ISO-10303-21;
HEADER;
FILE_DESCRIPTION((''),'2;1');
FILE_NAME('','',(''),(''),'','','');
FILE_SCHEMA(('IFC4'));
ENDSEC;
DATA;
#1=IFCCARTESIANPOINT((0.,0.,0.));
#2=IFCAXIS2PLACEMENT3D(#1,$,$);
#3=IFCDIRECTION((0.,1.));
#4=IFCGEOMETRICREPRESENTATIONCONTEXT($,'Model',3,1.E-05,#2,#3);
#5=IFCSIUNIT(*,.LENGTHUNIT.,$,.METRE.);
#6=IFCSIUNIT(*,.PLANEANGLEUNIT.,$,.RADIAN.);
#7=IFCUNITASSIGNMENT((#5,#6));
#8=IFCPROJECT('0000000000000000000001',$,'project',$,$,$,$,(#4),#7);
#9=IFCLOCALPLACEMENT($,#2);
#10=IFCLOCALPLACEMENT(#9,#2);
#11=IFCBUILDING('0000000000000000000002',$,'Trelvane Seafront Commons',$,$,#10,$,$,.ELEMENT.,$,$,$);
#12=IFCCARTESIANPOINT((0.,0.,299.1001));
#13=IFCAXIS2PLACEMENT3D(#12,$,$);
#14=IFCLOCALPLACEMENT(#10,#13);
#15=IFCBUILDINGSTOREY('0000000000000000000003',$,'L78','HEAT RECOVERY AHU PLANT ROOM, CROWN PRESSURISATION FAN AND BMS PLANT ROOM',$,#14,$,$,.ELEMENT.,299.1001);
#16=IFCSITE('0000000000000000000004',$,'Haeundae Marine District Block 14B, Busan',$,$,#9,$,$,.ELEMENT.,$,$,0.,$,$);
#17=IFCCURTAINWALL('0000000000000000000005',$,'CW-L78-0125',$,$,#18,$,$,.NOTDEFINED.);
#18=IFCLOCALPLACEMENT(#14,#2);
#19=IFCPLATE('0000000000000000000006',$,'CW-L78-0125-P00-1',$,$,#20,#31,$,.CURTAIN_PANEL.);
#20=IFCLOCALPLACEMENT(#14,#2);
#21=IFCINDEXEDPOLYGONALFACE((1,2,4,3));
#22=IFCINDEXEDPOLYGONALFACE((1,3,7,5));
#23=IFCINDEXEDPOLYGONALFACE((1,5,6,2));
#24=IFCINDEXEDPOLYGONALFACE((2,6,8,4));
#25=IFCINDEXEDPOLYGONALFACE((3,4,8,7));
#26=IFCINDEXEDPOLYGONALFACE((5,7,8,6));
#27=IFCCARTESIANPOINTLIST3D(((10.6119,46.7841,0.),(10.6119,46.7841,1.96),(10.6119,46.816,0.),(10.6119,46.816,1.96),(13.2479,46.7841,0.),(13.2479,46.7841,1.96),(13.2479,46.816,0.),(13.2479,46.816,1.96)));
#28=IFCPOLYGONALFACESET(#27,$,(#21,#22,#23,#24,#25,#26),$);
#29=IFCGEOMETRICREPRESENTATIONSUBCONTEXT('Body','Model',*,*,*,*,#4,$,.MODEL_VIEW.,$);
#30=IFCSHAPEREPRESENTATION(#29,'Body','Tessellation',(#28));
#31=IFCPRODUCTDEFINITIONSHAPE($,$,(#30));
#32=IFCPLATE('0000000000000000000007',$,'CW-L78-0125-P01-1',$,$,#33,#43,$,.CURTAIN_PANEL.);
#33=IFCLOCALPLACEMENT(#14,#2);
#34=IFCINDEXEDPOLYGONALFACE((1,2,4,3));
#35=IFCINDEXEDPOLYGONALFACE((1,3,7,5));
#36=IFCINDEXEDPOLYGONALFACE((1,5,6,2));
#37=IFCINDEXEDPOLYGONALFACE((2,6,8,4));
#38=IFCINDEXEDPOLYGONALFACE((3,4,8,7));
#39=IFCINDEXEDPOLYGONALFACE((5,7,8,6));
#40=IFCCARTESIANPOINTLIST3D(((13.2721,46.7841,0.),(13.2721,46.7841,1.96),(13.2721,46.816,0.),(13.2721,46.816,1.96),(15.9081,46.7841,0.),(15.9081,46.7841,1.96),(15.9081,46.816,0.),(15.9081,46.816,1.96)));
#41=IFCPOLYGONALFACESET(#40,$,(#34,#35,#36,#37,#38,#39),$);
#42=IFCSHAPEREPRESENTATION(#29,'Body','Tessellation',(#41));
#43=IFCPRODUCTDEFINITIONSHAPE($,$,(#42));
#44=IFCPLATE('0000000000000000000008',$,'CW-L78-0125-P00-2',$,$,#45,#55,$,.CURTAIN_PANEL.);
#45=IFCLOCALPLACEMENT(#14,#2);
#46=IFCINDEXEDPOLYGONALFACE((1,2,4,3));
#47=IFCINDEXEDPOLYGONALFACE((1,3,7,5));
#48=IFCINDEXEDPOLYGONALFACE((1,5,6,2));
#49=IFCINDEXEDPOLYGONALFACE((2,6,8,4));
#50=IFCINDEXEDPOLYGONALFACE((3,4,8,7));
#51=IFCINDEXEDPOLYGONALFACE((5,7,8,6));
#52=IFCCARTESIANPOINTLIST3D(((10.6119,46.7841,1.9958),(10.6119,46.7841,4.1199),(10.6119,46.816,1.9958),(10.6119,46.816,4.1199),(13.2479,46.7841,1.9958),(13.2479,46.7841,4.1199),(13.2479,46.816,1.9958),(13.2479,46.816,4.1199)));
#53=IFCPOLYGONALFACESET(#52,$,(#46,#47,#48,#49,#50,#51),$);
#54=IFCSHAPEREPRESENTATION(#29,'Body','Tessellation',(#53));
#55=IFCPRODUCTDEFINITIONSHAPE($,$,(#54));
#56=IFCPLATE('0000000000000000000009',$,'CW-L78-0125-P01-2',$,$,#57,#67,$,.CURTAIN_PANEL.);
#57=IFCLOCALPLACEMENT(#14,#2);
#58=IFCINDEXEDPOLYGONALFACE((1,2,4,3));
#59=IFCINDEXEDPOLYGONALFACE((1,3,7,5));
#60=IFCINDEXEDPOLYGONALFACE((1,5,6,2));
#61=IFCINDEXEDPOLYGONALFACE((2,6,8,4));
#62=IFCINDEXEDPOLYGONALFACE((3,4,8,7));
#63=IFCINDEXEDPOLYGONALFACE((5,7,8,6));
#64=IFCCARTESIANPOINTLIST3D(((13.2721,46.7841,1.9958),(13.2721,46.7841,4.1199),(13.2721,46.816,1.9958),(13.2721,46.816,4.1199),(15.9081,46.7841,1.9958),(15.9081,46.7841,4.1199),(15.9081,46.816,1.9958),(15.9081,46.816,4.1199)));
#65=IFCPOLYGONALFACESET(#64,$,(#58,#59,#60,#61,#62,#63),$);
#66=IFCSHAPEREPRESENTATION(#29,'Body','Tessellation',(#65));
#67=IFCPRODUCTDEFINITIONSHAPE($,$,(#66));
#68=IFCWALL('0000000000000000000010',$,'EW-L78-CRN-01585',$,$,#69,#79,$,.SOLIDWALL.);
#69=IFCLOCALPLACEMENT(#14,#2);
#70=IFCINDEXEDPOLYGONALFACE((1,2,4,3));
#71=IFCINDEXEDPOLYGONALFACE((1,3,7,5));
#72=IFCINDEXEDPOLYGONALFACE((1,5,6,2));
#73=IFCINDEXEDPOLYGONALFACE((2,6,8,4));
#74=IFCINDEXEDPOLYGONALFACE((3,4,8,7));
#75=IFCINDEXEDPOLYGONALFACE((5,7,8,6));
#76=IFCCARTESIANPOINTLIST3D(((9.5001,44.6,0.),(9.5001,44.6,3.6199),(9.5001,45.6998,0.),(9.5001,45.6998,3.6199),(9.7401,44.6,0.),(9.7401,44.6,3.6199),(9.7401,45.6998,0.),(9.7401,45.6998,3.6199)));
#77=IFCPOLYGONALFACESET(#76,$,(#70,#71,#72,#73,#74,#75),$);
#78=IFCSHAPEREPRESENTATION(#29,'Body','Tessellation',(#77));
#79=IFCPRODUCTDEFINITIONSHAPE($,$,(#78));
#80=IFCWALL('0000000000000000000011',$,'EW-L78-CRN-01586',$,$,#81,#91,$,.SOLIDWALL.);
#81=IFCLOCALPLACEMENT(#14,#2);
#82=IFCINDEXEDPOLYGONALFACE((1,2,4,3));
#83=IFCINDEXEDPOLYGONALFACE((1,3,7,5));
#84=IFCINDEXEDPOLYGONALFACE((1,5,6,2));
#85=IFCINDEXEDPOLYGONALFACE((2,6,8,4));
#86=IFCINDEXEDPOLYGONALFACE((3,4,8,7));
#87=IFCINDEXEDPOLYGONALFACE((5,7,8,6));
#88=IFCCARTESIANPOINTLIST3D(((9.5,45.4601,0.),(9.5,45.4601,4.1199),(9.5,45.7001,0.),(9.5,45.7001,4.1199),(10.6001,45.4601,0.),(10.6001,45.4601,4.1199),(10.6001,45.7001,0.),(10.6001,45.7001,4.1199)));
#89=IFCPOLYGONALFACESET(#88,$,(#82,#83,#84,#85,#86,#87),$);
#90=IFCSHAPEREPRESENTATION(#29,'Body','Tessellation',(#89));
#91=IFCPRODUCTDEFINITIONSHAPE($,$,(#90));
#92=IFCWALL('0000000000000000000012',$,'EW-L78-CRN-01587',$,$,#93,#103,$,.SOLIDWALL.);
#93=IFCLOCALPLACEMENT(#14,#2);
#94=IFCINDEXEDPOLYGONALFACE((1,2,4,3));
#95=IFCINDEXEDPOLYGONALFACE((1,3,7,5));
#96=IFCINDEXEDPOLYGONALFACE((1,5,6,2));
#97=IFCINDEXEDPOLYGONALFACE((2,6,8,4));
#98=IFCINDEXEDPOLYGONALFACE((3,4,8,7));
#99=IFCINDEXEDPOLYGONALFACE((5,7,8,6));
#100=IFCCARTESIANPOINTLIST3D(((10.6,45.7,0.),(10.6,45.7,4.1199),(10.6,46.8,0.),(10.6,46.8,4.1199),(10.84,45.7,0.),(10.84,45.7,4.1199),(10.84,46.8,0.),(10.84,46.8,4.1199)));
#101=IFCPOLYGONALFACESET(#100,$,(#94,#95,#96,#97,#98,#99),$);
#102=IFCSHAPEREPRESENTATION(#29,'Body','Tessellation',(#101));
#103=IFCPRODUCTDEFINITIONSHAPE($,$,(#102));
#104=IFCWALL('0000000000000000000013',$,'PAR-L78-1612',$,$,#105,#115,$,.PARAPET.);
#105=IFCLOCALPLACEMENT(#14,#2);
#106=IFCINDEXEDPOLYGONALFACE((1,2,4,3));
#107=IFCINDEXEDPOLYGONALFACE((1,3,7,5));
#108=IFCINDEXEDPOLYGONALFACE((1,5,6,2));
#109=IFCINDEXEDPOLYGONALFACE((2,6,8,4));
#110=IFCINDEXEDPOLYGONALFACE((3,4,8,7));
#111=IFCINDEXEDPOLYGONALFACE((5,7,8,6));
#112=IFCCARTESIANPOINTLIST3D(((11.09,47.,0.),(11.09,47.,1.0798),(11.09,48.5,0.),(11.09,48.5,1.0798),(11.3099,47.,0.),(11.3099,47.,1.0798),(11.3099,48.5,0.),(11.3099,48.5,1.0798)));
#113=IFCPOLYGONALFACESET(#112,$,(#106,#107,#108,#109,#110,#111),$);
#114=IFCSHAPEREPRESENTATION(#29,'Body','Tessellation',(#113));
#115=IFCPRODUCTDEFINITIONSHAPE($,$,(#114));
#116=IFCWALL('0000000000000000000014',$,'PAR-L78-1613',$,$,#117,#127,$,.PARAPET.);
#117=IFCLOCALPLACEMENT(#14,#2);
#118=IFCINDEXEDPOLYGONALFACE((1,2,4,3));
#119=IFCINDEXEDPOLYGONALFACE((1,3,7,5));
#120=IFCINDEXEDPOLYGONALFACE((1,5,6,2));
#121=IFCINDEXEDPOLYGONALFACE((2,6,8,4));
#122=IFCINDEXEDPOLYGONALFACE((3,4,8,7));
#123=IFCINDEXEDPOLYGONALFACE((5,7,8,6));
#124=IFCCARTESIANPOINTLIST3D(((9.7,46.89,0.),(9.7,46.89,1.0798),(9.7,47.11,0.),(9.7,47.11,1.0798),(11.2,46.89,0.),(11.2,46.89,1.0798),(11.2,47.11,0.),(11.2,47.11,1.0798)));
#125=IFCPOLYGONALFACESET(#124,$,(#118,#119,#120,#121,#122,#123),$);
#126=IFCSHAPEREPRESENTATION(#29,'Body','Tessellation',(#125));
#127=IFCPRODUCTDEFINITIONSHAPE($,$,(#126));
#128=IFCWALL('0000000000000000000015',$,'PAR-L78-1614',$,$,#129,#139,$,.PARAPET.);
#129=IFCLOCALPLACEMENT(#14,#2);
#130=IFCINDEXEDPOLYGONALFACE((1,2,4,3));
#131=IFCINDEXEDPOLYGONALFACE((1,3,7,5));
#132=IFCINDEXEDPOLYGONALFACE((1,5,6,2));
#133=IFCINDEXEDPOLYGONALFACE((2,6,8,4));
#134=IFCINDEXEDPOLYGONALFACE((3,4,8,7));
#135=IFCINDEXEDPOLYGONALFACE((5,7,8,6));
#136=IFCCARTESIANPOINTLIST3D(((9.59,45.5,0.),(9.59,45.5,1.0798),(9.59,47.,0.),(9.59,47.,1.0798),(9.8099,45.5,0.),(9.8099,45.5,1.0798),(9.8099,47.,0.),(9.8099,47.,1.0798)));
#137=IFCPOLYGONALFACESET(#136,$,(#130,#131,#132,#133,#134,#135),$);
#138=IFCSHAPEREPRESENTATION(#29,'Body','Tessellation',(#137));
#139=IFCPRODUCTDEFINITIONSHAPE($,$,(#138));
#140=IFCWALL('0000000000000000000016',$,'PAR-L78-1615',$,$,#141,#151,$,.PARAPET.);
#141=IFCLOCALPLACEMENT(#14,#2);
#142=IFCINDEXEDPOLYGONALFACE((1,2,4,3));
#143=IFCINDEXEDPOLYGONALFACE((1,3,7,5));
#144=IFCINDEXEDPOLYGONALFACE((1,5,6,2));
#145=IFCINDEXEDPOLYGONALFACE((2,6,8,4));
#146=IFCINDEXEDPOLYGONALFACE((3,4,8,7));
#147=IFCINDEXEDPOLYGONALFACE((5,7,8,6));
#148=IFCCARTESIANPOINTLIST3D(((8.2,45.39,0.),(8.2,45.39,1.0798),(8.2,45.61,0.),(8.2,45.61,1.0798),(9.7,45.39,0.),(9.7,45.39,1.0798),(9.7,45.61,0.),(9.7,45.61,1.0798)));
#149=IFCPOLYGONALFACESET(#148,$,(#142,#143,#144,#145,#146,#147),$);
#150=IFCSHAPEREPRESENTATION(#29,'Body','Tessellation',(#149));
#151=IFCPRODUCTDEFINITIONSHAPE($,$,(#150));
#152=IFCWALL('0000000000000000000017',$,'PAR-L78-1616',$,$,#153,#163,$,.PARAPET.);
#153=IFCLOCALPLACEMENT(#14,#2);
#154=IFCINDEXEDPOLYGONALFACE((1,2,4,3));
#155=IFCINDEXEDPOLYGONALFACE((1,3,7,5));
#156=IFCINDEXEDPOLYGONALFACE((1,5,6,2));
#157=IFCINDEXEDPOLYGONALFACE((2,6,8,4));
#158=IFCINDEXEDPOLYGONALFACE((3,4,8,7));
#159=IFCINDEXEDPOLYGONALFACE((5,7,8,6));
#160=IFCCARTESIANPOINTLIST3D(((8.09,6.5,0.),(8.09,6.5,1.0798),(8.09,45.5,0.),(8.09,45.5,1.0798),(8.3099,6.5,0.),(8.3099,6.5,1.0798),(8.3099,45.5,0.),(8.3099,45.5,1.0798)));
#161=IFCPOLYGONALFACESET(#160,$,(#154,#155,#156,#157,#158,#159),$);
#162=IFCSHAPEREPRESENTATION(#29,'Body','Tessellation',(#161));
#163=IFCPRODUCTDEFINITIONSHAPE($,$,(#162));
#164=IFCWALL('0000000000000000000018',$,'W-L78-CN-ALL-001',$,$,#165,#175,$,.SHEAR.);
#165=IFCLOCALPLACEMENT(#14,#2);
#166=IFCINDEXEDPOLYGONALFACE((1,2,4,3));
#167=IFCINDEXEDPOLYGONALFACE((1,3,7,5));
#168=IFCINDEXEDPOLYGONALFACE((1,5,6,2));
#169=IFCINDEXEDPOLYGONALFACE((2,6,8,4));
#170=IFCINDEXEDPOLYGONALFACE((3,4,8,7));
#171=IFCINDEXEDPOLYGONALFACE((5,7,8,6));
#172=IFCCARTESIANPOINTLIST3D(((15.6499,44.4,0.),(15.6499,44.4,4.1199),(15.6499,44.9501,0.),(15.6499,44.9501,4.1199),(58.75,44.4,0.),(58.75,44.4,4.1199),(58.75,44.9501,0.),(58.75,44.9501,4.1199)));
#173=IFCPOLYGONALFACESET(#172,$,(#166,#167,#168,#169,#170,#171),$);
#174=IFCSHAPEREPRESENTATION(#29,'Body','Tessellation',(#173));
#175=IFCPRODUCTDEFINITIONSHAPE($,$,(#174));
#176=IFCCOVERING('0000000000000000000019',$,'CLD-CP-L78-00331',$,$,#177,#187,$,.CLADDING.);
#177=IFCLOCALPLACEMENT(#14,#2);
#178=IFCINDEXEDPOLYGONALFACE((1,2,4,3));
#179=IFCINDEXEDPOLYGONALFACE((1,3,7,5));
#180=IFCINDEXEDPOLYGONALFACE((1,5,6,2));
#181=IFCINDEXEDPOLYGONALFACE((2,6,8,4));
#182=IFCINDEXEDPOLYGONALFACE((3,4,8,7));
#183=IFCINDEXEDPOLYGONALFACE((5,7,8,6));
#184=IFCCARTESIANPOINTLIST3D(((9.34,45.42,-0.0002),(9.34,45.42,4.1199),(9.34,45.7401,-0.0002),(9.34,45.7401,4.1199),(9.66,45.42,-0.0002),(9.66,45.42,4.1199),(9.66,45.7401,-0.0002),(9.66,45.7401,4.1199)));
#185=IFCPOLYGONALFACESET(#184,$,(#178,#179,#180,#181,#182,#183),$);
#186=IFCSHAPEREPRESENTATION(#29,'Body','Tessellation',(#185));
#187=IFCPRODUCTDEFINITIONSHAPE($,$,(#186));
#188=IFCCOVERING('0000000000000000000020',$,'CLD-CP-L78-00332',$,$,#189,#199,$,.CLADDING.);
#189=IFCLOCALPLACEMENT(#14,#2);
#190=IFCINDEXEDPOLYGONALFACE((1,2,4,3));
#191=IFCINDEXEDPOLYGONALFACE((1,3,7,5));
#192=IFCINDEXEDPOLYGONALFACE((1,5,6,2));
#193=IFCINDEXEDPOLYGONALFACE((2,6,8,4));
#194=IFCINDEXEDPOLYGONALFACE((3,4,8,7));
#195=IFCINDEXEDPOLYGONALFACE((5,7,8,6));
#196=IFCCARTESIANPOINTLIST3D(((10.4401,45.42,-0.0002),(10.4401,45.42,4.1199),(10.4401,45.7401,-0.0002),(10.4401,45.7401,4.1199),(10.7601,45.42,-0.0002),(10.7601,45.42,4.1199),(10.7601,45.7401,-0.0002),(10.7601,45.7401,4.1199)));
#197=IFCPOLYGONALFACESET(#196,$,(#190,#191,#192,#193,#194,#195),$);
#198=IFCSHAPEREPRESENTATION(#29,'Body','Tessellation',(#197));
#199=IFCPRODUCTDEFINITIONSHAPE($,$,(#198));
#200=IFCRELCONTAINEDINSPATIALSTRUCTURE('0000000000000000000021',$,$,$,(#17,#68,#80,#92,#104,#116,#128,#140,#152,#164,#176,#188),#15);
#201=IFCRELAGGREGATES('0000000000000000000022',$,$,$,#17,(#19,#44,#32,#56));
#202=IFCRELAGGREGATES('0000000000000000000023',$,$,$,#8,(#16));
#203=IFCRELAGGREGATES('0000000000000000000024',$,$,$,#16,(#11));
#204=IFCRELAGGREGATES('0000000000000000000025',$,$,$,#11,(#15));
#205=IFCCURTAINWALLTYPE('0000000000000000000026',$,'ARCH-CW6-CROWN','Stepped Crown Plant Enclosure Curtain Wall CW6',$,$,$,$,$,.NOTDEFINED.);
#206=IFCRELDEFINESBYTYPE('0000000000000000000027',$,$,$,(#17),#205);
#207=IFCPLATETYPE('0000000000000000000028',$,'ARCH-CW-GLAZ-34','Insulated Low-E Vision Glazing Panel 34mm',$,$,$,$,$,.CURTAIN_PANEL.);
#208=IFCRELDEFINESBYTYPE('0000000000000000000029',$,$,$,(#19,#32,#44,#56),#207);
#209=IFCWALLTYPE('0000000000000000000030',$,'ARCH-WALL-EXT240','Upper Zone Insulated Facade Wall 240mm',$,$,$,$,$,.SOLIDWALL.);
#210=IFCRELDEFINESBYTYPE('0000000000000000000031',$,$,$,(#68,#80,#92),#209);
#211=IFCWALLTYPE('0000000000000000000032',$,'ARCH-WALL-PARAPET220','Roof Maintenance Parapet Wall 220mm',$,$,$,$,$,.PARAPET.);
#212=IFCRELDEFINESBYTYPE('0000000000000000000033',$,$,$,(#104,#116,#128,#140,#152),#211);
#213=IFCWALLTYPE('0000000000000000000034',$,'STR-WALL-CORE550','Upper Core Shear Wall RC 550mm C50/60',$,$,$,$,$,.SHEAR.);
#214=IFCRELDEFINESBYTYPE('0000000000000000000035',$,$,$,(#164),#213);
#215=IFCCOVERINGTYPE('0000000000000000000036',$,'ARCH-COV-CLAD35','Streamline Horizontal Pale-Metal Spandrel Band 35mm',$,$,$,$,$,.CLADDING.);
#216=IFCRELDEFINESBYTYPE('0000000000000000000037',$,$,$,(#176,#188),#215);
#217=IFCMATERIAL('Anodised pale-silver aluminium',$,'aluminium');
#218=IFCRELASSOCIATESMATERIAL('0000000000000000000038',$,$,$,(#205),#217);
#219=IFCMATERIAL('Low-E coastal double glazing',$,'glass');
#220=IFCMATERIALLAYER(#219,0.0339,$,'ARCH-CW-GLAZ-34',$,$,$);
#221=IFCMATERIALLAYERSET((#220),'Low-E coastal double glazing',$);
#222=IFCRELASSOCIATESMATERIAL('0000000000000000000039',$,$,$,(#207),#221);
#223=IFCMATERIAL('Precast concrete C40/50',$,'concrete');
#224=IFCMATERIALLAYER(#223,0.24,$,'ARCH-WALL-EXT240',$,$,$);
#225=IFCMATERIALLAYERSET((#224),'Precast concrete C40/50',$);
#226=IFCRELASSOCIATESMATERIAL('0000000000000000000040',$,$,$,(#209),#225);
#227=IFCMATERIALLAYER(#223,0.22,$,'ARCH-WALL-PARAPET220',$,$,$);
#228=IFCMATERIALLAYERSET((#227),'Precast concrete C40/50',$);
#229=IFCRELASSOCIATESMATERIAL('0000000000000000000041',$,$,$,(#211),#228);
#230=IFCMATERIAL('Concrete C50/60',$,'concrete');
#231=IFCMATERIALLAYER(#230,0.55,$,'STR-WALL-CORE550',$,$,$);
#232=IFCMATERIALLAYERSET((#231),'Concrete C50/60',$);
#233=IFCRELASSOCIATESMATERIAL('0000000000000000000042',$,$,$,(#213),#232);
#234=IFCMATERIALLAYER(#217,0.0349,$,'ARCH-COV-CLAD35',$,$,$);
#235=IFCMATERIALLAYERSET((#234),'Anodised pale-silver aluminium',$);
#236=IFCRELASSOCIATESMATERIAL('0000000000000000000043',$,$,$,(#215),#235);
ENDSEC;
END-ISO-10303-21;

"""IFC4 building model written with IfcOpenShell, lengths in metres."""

from ifc_helpers import new_model, si_unit, direction, frame, frame_2d, origin, origin_2d, place, context, subcontext, project, spatial, rectangle, extrude, source, transform, mapped, material, layer, layer_set, type_object, element, aggregate, save


model = new_model("IFC4")

# Units and contexts
model_context = context("Model", 3, precision=1e-05, world=origin(), true_north=direction((0.0, 1.0)))
body_context = subcontext(model_context, "Body", "Model", "MODEL_VIEW")
ifc_project = project(units=[si_unit("LENGTHUNIT", "METRE"), si_unit("PLANEANGLEUNIT", "RADIAN")], contexts=[model_context])

# Site, building, storey
site_placement = place(None, origin())
site = spatial("IfcSite", under=ifc_project, at=site_placement, Name="Haeundae Marine District Block 14B, Busan", CompositionType="ELEMENT", RefElevation=0.0)
building_placement = place(site_placement, origin())
building = spatial("IfcBuilding", under=site, at=building_placement, Name="Trelvane Seafront Commons", CompositionType="ELEMENT")
storey_placement = place(building_placement, frame((0.0, 0.0, 299.1001)))
storey = spatial("IfcBuildingStorey", under=building, at=storey_placement, Name="L78", Description="HEAT RECOVERY AHU PLANT ROOM, CROWN PRESSURISATION FAN AND BMS PLANT ROOM", CompositionType="ELEMENT", Elevation=299.1001)

# Shared definitions
ifc_material_1 = material(Name="Anodised pale-silver aluminium", Category="aluminium")
curtain_wall_type = type_object("IfcCurtainWallType", Name="ARCH-CW6-CROWN", Description="Stepped Crown Plant Enclosure Curtain Wall CW6", PredefinedType="NOTDEFINED", material=ifc_material_1)

# Curtain wall
curtain_wall_1_placement = place(storey_placement, origin())
curtain_wall_1 = element("IfcCurtainWall", 1, at=curtain_wall_1_placement, inside=storey, type_object=curtain_wall_type, Name="CW-L78-0125", PredefinedType="NOTDEFINED")

# Plates
ifc_material_2 = material(Name="Low-E coastal double glazing", Category="glass")
ifc_layer_1 = layer(ifc_material_2, 0.0339, Name="ARCH-CW-GLAZ-34")
ifc_layer_set_1 = layer_set([ifc_layer_1], Name="Low-E coastal double glazing")
plate_type_1 = type_object("IfcPlateType", Name="ARCH-CW-GLAZ-34", Description="Insulated Low-E Vision Glazing Panel 34mm", PredefinedType="CURTAIN_PANEL", material=ifc_layer_set_1)
shared_shape_1 = source(origin(), body_context, "Body", "SweptSolid", [
    extrude(rectangle(XDim=2.636, YDim=0.032, at=origin_2d()), origin(), (0.0, 0.0, 1.0), 1.96),
])
plate_1_placement = place(storey_placement, frame((11.9299, 46.8, 0.0), z_axis=(0.0, 0.0, 1.0), x_axis=(1.0, 0.0, 0.0)))
plate_1 = element("IfcPlate", 2, at=plate_1_placement, type_object=plate_type_1, Name="CW-L78-0125-P00-1", PredefinedType="CURTAIN_PANEL", context=body_context, shape_type="MappedRepresentation", body=[
    mapped(shared_shape_1, transform((0.0, 0.0, 0.0), x_axis=(1.0, 0.0, 0.0), y_axis=(0.0, 1.0, 0.0), z_axis=(0.0, 0.0, 1.0), scale=1.0)),
])
plate_2_placement = place(storey_placement, frame((14.5901, 46.8, 0.0), z_axis=(0.0, 0.0, 1.0), x_axis=(1.0, 0.0, 0.0)))
plate_2 = element("IfcPlate", 3, at=plate_2_placement, type_object=plate_type_1, Name="CW-L78-0125-P01-1", PredefinedType="CURTAIN_PANEL", context=body_context, shape_type="MappedRepresentation", body=[
    mapped(shared_shape_1, transform((0.0, 0.0, 0.0), x_axis=(1.0, 0.0, 0.0), y_axis=(0.0, 1.0, 0.0), z_axis=(0.0, 0.0, 1.0), scale=1.0)),
])
shared_shape_2 = source(origin(), body_context, "Body", "SweptSolid", [
    extrude(rectangle(XDim=2.636, YDim=0.032, at=origin_2d()), origin(), (0.0, 0.0, 1.0), 2.124),
])
plate_3_placement = place(storey_placement, frame((11.9299, 46.8, 1.9958), z_axis=(0.0, 0.0, 1.0), x_axis=(1.0, 0.0, 0.0)))
plate_3 = element("IfcPlate", 4, at=plate_3_placement, type_object=plate_type_1, Name="CW-L78-0125-P00-2", PredefinedType="CURTAIN_PANEL", context=body_context, shape_type="MappedRepresentation", body=[
    mapped(shared_shape_2, transform((0.0, 0.0, 0.0), x_axis=(1.0, 0.0, 0.0), y_axis=(0.0, 1.0, 0.0), z_axis=(0.0, 0.0, 1.0), scale=1.0)),
])
plate_4_placement = place(storey_placement, frame((14.5901, 46.8, 1.9958), z_axis=(0.0, 0.0, 1.0), x_axis=(1.0, 0.0, 0.0)))
plate_4 = element("IfcPlate", 5, at=plate_4_placement, type_object=plate_type_1, Name="CW-L78-0125-P01-2", PredefinedType="CURTAIN_PANEL", context=body_context, shape_type="MappedRepresentation", body=[
    mapped(shared_shape_2, transform((0.0, 0.0, 0.0), x_axis=(1.0, 0.0, 0.0), y_axis=(0.0, 1.0, 0.0), z_axis=(0.0, 0.0, 1.0), scale=1.0)),
])
aggregate(curtain_wall_1, [plate_1, plate_3, plate_2, plate_4])

# Walls
ifc_material_3 = material(Name="Precast concrete C40/50", Category="concrete")
ifc_layer_2 = layer(ifc_material_3, 0.24, Name="ARCH-WALL-EXT240")
ifc_layer_set_2 = layer_set([ifc_layer_2], Name="Precast concrete C40/50")
wall_type_1 = type_object("IfcWallType", Name="ARCH-WALL-EXT240", Description="Upper Zone Insulated Facade Wall 240mm", PredefinedType="SOLIDWALL", material=ifc_layer_set_2)
wall_1_placement = place(storey_placement, frame((9.6201, 44.6001, 0.0), z_axis=(0.0, 0.0, 1.0), x_axis=(0.0, 1.0, 0.0)))
element("IfcWall", 6, at=wall_1_placement, inside=storey, type_object=wall_type_1, Name="EW-L78-CRN-01585", PredefinedType="SOLIDWALL", context=body_context, shape_type="SweptSolid", body=[
    extrude(rectangle(XDim=1.0999, YDim=0.24, at=frame_2d((0.5498, 0.0))), origin(), (0.0, 0.0, 1.0), 3.6199),
])
for number, where, z_axis, x_axis, name in (
    (7, (9.5, 45.5801, 0.0), (0.0, 0.0, 1.0), (1.0, 0.0, 0.0), "EW-L78-CRN-01586"),
    (8, (10.72, 45.7, 0.0), (0.0, 0.0, 1.0), (0.0, 1.0, 0.0), "EW-L78-CRN-01587"),
):
    element("IfcWall", number, at=place(storey_placement, frame(where, z_axis=z_axis, x_axis=x_axis)), inside=storey, type_object=wall_type_1, Name=name, PredefinedType="SOLIDWALL", context=body_context, shape_type="SweptSolid", body=[
        extrude(rectangle(XDim=1.1001, YDim=0.24, at=frame_2d((0.55, 0.0))), origin(), (0.0, 0.0, 1.0), 4.1199),
    ])
ifc_layer_3 = layer(ifc_material_3, 0.22, Name="ARCH-WALL-PARAPET220")
ifc_layer_set_3 = layer_set([ifc_layer_3], Name="Precast concrete C40/50")
wall_type_2 = type_object("IfcWallType", Name="ARCH-WALL-PARAPET220", Description="Roof Maintenance Parapet Wall 220mm", PredefinedType="PARAPET", material=ifc_layer_set_3)
for number, where, z_axis, x_axis, name in (
    (9, (11.2, 48.5, 0.0), (0.0, 0.0, 1.0), (0.0, -1.0, 0.0), "PAR-L78-1612"),
    (10, (11.2, 47.0, 0.0), (0.0, 0.0, 1.0), (-1.0, 0.0, 0.0), "PAR-L78-1613"),
    (11, (9.7, 47.0, 0.0), (0.0, 0.0, 1.0), (0.0, -1.0, 0.0), "PAR-L78-1614"),
    (12, (9.7, 45.5, 0.0), (0.0, 0.0, 1.0), (-1.0, 0.0, 0.0), "PAR-L78-1615"),
):
    element("IfcWall", number, at=place(storey_placement, frame(where, z_axis=z_axis, x_axis=x_axis)), inside=storey, type_object=wall_type_2, Name=name, PredefinedType="PARAPET", context=body_context, shape_type="SweptSolid", body=[
        extrude(rectangle(XDim=1.5, YDim=0.22, at=frame_2d((0.75, 0.0))), origin(), (0.0, 0.0, 1.0), 1.0798),
    ])
wall_2_placement = place(storey_placement, frame((8.2, 45.5, 0.0), z_axis=(0.0, 0.0, 1.0), x_axis=(0.0, -1.0, 0.0)))
element("IfcWall", 13, at=wall_2_placement, inside=storey, type_object=wall_type_2, Name="PAR-L78-1616", PredefinedType="PARAPET", context=body_context, shape_type="SweptSolid", body=[
    extrude(rectangle(XDim=39.0, YDim=0.22, at=frame_2d((19.5, 0.0))), origin(), (0.0, 0.0, 1.0), 1.0798),
])
ifc_material_4 = material(Name="Concrete C50/60", Category="concrete")
ifc_layer_4 = layer(ifc_material_4, 0.55, Name="STR-WALL-CORE550")
ifc_layer_set_4 = layer_set([ifc_layer_4], Name="Concrete C50/60")
wall_type_3 = type_object("IfcWallType", Name="STR-WALL-CORE550", Description="Upper Core Shear Wall RC 550mm C50/60", PredefinedType="SHEAR", material=ifc_layer_set_4)
wall_3_placement = place(storey_placement, frame((15.6499, 44.675, 0.0), z_axis=(0.0, 0.0, 1.0), x_axis=(1.0, 0.0, 0.0)))
element("IfcWall", 14, at=wall_3_placement, inside=storey, type_object=wall_type_3, Name="W-L78-CN-ALL-001", PredefinedType="SHEAR", context=body_context, shape_type="SweptSolid", body=[
    extrude(rectangle(XDim=43.1001, YDim=0.55, at=frame_2d((21.55, 0.0))), origin(), (0.0, 0.0, 1.0), 4.1199),
])

# Coverings
ifc_layer_5 = layer(ifc_material_1, 0.0349, Name="ARCH-COV-CLAD35")
ifc_layer_set_5 = layer_set([ifc_layer_5], Name="Anodised pale-silver aluminium")
covering_type = type_object("IfcCoveringType", Name="ARCH-COV-CLAD35", Description="Streamline Horizontal Pale-Metal Spandrel Band 35mm", PredefinedType="CLADDING", material=ifc_layer_set_5)
shared_shape_3 = source(origin(), body_context, "Body", "SweptSolid", [
    extrude(rectangle(XDim=0.3201, YDim=0.3201, at=origin_2d()), origin(), (0.0, 0.0, 1.0), 4.1201),
])
for number, where, z_axis, x_axis, name in (
    (15, (9.5, 45.5801, -0.0002), (0.0, 0.0, 1.0), (1.0, 0.0, 0.0), "CLD-CP-L78-00331"),
    (16, (10.6001, 45.5801, -0.0002), (0.0, 0.0, 1.0), (1.0, 0.0, 0.0), "CLD-CP-L78-00332"),
):
    element("IfcCovering", number, at=place(storey_placement, frame(where, z_axis=z_axis, x_axis=x_axis)), inside=storey, type_object=covering_type, Name=name, PredefinedType="CLADDING", context=body_context, shape_type="MappedRepresentation", body=[
        mapped(shared_shape_3, transform((0.0, 0.0, 0.0), x_axis=(1.0, 0.0, 0.0), y_axis=(0.0, 1.0, 0.0), z_axis=(0.0, 0.0, 1.0), scale=1.0)),
    ])

save(model, "model.ifc")
